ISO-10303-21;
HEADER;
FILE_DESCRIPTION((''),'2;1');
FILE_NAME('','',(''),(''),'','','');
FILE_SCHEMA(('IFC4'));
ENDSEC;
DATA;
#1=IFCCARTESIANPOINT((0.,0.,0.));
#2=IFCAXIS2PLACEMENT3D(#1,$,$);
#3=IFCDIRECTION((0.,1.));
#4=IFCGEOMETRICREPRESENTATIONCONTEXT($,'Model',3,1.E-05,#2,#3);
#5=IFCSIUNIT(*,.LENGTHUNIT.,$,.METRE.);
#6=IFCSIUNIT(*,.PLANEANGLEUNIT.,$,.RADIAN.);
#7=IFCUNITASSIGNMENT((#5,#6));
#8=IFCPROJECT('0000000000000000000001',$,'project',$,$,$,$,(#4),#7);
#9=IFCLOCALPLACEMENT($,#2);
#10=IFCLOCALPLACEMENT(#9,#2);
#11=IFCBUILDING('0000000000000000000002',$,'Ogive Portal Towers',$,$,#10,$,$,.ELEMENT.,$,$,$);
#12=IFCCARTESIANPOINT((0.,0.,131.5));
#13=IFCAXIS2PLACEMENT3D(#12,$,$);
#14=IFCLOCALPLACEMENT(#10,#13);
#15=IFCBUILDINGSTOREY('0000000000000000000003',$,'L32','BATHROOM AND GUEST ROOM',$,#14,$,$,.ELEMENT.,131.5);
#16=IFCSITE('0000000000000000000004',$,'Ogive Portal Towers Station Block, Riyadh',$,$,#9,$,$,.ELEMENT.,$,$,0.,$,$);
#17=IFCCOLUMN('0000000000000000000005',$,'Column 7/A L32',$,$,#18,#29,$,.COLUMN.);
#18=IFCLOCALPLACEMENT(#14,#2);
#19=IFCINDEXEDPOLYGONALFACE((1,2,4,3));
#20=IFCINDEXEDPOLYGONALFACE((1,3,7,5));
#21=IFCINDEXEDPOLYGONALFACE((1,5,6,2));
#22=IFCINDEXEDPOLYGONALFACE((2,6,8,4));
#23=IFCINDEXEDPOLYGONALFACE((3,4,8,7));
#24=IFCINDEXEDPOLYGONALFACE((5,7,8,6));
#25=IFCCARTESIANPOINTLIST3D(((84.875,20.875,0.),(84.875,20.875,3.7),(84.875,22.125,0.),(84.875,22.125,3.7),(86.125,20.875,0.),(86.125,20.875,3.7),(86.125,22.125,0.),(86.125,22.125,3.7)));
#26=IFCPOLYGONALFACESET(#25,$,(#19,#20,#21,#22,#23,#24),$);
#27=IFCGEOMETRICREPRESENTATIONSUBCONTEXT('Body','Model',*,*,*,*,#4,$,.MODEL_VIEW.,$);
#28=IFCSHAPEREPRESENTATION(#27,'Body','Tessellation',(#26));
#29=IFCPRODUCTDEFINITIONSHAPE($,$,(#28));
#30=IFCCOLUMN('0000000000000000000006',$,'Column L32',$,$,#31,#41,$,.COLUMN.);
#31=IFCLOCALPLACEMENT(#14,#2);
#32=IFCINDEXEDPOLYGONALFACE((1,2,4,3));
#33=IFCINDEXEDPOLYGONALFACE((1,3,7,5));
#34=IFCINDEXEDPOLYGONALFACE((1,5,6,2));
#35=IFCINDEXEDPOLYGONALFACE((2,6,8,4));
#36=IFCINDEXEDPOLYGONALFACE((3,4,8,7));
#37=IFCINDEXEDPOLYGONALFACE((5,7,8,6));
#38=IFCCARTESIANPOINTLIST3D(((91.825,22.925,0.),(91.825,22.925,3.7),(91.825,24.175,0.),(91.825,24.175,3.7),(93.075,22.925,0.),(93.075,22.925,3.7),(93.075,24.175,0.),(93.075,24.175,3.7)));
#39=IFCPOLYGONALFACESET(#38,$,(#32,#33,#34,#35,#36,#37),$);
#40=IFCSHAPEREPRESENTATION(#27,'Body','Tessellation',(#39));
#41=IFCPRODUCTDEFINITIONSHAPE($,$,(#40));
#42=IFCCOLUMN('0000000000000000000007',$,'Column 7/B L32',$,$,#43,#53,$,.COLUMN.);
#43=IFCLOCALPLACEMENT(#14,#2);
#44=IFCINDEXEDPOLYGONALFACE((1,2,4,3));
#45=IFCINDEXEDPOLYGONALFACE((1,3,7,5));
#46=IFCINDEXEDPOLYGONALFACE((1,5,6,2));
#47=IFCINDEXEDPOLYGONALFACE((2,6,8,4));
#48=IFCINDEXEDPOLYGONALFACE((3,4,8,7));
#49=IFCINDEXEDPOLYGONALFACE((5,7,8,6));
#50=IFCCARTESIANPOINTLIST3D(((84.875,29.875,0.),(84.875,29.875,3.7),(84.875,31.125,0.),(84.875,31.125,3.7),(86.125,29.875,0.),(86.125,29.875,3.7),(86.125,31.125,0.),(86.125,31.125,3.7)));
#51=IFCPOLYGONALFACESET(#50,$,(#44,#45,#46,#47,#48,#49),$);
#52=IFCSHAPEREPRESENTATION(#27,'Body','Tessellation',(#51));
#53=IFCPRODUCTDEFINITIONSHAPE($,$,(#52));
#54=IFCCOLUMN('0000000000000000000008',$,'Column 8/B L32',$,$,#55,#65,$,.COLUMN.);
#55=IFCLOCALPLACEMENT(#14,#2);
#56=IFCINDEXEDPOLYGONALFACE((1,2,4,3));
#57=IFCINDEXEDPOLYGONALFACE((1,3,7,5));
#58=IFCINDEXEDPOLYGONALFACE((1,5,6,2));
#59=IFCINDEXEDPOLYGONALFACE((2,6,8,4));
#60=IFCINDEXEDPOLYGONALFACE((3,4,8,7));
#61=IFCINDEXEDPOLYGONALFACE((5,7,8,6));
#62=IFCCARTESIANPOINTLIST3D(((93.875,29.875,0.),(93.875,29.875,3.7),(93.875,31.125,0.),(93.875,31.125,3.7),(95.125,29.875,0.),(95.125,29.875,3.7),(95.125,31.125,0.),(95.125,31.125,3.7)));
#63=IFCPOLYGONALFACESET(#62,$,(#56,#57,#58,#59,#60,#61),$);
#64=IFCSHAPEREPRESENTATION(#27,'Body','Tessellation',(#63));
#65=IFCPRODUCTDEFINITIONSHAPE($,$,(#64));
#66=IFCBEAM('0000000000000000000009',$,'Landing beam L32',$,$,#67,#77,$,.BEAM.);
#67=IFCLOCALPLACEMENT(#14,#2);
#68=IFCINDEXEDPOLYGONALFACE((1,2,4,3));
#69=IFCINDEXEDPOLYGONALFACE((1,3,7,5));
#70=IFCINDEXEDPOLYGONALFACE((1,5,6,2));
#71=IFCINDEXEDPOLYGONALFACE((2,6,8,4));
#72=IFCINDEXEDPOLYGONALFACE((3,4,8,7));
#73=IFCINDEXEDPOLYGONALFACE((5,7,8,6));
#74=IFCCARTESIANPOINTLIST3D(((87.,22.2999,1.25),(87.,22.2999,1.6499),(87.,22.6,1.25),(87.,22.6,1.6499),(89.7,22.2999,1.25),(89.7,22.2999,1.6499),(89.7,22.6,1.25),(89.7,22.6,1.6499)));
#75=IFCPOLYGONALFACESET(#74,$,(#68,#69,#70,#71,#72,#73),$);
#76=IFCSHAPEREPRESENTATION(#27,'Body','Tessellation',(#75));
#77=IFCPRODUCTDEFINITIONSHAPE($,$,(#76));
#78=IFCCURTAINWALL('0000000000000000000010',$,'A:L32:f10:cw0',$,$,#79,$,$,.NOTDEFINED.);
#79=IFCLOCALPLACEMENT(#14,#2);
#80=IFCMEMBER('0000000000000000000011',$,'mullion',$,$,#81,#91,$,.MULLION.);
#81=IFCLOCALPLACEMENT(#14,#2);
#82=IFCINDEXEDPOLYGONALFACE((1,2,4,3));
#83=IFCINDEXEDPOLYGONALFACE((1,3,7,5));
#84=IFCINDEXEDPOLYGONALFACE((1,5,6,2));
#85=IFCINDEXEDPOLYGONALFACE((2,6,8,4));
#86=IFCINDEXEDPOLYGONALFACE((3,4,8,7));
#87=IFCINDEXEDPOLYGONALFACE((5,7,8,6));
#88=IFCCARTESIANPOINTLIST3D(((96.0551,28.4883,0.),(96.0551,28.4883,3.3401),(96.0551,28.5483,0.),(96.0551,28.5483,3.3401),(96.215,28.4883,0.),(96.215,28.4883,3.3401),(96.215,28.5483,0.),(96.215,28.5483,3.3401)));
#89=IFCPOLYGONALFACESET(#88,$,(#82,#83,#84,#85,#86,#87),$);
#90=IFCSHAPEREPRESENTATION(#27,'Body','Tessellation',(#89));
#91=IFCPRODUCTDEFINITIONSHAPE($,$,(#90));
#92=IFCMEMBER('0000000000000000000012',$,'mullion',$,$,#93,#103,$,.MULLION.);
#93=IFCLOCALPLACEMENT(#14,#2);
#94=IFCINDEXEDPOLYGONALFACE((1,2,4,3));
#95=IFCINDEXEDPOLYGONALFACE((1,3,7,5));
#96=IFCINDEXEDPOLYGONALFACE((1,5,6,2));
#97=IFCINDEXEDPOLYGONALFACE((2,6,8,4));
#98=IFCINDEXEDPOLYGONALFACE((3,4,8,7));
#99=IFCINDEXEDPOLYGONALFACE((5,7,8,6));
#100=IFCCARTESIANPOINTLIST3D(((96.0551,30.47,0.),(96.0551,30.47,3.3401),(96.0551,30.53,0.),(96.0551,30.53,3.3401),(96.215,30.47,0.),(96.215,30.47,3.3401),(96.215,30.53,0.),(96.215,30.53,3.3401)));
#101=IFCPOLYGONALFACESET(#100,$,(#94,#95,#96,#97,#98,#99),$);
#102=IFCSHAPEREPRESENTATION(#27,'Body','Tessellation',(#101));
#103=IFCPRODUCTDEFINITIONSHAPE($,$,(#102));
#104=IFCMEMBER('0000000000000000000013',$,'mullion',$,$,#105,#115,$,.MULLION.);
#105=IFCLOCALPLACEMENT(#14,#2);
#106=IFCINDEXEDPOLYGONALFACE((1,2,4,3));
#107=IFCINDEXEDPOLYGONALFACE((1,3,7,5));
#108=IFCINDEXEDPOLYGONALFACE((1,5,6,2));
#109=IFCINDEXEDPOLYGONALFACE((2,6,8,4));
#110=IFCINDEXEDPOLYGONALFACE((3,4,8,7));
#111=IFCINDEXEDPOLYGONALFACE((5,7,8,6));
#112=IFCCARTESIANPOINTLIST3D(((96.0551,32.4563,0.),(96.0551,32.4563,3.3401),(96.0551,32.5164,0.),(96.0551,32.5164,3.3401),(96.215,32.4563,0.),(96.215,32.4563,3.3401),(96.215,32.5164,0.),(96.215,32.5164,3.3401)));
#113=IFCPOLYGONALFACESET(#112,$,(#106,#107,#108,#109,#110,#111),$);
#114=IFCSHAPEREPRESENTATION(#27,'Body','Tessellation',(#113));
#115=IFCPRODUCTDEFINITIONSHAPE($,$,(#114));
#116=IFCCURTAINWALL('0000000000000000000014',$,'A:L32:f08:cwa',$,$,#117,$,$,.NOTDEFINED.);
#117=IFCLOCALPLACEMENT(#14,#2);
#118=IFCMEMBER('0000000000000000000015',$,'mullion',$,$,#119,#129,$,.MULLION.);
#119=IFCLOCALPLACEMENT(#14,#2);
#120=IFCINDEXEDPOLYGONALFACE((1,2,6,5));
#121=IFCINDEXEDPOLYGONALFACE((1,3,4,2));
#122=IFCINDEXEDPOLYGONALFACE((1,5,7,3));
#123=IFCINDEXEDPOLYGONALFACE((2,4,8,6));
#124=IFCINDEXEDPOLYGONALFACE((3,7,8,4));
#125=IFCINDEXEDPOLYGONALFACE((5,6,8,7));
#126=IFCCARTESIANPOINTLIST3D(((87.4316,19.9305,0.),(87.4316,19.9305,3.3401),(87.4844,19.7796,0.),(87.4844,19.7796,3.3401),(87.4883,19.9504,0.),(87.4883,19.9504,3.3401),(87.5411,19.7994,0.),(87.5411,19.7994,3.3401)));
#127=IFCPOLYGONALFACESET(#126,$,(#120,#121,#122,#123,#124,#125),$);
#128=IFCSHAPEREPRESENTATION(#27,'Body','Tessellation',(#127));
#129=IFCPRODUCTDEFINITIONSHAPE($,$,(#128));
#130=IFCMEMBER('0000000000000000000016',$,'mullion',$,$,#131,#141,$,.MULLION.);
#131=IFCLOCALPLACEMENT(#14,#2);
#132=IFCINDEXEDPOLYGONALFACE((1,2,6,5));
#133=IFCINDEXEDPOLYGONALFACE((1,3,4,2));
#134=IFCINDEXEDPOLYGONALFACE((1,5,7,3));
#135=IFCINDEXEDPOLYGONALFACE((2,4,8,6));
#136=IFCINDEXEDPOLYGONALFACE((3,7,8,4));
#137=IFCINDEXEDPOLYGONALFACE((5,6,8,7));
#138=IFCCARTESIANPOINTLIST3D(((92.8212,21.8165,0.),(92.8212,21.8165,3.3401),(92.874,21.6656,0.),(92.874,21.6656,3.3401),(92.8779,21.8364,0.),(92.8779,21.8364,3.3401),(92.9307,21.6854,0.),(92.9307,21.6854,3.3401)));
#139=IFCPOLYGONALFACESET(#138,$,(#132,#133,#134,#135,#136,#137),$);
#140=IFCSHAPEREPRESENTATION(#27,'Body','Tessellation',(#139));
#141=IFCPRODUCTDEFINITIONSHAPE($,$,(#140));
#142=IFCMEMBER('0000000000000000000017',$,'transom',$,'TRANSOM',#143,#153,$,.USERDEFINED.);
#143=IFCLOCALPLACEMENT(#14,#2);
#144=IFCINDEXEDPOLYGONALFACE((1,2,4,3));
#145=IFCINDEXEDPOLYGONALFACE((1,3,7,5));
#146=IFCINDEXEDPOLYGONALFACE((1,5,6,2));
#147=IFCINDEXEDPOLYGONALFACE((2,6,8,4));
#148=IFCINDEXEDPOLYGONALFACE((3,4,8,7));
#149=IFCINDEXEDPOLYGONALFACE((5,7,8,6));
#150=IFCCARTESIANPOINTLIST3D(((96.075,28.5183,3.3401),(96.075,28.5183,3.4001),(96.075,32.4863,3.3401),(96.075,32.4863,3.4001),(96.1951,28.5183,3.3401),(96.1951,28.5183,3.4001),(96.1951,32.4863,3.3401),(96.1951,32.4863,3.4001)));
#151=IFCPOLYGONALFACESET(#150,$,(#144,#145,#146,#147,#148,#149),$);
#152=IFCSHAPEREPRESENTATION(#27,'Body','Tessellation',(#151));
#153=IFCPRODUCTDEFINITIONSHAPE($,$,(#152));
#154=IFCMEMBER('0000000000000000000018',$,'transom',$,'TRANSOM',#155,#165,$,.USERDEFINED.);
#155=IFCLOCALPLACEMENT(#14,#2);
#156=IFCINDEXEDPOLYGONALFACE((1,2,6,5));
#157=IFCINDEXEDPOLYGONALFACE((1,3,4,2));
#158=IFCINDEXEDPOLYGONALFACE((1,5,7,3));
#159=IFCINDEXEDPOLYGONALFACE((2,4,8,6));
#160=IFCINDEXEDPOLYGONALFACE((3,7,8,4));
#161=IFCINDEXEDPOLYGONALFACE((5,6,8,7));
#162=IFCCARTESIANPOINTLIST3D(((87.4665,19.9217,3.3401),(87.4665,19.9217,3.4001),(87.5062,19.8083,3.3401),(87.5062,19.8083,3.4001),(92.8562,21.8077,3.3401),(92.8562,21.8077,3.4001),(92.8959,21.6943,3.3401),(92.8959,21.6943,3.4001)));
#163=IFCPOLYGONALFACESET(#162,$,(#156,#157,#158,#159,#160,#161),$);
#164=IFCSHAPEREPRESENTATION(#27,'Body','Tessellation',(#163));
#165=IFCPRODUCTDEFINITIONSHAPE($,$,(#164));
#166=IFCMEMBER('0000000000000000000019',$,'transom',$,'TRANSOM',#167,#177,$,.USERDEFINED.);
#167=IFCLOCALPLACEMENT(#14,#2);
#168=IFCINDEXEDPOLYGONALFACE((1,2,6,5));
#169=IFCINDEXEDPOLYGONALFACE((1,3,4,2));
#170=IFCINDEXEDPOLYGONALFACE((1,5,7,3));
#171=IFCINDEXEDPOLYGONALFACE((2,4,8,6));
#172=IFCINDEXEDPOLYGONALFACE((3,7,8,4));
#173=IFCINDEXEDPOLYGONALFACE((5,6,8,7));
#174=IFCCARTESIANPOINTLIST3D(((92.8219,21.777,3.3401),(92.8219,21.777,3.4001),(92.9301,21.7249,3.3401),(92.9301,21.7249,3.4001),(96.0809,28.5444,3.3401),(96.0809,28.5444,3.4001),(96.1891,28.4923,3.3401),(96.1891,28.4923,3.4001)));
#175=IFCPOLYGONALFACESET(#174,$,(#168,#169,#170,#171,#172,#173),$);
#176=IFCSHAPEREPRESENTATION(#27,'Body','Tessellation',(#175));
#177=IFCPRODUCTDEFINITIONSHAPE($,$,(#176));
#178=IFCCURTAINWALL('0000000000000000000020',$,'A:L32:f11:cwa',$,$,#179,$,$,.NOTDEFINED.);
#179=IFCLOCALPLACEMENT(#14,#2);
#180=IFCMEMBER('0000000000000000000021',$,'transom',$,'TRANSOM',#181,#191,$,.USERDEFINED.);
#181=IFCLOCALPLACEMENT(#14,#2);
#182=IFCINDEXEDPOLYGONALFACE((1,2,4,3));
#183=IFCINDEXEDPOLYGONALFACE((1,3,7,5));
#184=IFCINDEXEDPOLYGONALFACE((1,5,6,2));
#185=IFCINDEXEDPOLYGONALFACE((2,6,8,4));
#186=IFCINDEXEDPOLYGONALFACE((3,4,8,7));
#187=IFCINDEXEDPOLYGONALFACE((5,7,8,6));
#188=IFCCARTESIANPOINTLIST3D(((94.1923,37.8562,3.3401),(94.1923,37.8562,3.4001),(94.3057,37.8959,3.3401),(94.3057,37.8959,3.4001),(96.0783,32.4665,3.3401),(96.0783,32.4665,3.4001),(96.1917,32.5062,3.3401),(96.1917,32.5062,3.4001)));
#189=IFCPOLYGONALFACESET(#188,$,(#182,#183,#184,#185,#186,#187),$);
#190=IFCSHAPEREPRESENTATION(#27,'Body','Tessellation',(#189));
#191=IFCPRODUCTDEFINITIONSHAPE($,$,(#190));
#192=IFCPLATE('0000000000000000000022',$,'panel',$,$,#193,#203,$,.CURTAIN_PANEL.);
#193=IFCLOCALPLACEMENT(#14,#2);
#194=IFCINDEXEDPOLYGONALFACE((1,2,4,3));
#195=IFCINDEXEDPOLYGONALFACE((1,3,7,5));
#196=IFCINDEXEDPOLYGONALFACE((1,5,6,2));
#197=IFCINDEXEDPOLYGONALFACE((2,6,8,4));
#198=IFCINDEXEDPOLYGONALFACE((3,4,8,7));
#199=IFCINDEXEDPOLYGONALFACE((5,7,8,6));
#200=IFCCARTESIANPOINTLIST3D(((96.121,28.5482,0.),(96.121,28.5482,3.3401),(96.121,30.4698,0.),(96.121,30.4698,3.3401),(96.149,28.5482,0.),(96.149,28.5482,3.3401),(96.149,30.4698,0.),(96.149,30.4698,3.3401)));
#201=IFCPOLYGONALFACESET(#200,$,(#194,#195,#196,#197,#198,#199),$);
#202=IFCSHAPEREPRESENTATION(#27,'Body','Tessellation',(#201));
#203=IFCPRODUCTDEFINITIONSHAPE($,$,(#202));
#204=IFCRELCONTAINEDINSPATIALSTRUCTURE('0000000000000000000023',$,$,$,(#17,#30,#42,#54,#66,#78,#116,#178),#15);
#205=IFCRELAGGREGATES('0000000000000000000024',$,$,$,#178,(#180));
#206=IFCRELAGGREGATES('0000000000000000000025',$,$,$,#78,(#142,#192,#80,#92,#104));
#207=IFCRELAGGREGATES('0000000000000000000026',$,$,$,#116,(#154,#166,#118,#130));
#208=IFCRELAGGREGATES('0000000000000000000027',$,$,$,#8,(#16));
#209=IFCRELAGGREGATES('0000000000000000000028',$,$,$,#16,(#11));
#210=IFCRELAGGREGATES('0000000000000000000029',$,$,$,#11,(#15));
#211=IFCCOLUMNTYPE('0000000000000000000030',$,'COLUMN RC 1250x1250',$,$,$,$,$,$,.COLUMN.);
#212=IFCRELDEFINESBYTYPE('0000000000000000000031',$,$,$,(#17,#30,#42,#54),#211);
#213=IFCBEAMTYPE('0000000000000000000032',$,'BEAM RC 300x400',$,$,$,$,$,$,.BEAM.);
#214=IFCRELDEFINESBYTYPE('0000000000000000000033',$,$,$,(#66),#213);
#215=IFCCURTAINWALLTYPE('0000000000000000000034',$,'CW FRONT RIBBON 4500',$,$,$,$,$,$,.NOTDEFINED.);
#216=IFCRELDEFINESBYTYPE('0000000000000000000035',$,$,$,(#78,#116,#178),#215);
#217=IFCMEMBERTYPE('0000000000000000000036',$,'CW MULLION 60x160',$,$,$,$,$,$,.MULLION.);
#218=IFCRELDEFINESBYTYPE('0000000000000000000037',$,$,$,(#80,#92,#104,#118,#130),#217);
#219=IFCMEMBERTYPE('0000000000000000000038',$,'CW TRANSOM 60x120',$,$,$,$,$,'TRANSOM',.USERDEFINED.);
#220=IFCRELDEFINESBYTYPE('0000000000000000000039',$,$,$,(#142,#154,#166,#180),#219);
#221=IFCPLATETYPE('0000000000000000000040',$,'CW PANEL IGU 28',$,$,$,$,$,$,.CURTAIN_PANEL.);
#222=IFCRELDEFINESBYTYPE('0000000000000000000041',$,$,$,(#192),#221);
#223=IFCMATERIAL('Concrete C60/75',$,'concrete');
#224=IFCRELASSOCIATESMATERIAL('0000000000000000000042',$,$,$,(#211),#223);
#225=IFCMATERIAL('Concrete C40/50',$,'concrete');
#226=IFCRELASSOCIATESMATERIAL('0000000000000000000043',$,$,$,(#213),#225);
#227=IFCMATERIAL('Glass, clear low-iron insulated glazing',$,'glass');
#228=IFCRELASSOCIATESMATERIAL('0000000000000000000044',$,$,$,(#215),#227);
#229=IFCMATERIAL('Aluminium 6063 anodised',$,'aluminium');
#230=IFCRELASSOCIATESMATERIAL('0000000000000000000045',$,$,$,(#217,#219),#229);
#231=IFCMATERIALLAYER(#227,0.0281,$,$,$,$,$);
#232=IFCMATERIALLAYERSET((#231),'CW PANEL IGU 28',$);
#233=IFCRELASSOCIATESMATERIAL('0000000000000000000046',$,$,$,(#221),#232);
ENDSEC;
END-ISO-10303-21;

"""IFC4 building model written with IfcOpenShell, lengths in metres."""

from ifc_helpers import new_model, si_unit, direction, frame, origin, origin_2d, place, context, subcontext, project, spatial, rectangle, extrude, material, layer, layer_set, material_profile, profile_set, type_object, element, aggregate, save


model = new_model("IFC4")

# Units and contexts
model_context = context("Model", 3, precision=1e-05, world=origin(), true_north=direction((0.0, 1.0)))
body_context = subcontext(model_context, "Body", "Model", "MODEL_VIEW")
ifc_project = project(units=[si_unit("LENGTHUNIT", "METRE"), si_unit("PLANEANGLEUNIT", "RADIAN")], contexts=[model_context])

# Site, building, storey
site_placement = place(None, origin())
site = spatial("IfcSite", under=ifc_project, at=site_placement, Name="Ogive Portal Towers Station Block, Riyadh", CompositionType="ELEMENT", RefElevation=0.0)
building_placement = place(site_placement, origin())
building = spatial("IfcBuilding", under=site, at=building_placement, Name="Ogive Portal Towers", CompositionType="ELEMENT")
storey_placement = place(building_placement, frame((0.0, 0.0, 131.5)))
storey = spatial("IfcBuildingStorey", under=building, at=storey_placement, Name="L32", Description="BATHROOM AND GUEST ROOM", CompositionType="ELEMENT", Elevation=131.5)

# Columns
ifc_material_1 = material(Name="Concrete C60/75", Category="concrete")
ifc_material_profile_1 = material_profile(ifc_material_1, rectangle(XDim=1.25, YDim=1.25, at=origin_2d()), Name="RC 1250x1250")
ifc_profile_set_1 = profile_set([ifc_material_profile_1], Name="Concrete C60/75")
column_type = type_object("IfcColumnType", Name="COLUMN RC 1250x1250", PredefinedType="COLUMN", material=ifc_profile_set_1)
for number, where, z_axis, x_axis, name in (
    (1, (85.5, 21.5, 0.0), (0.0, 0.0, 1.0), (1.0, 0.0, 0.0), "Column 7/A L32"),
    (2, (92.45, 23.55, 0.0), (0.0, 0.0, 1.0), (1.0, 0.0, 0.0), "Column L32"),
    (3, (85.5, 30.5, 0.0), (0.0, 0.0, 1.0), (1.0, 0.0, 0.0), "Column 7/B L32"),
    (4, (94.5, 30.5, 0.0), (0.0, 0.0, 1.0), (1.0, 0.0, 0.0), "Column 8/B L32"),
):
    element("IfcColumn", number, at=place(storey_placement, frame(where, z_axis=z_axis, x_axis=x_axis)), inside=storey, type_object=column_type, Name=name, PredefinedType="COLUMN", context=body_context, shape_type="SweptSolid", body=[
        extrude(rectangle(XDim=1.25, YDim=1.25, at=origin_2d()), origin(), (0.0, 0.0, 1.0), 3.7),
    ])

# Beam
ifc_material_2 = material(Name="Concrete C40/50", Category="concrete")
ifc_material_profile_2 = material_profile(ifc_material_2, rectangle(XDim=0.3, YDim=0.3999, at=origin_2d()), Name="RC 300x400")
ifc_profile_set_2 = profile_set([ifc_material_profile_2], Name="Concrete C40/50")
beam_type = type_object("IfcBeamType", Name="BEAM RC 300x400", PredefinedType="BEAM", material=ifc_profile_set_2)
beam_placement = place(storey_placement, frame((87.0, 22.45, 1.45), z_axis=(1.0, 0.0, 0.0), x_axis=(0.0, 1.0, 0.0)))
element("IfcBeam", 5, at=beam_placement, inside=storey, type_object=beam_type, Name="Landing beam L32", PredefinedType="BEAM", context=body_context, shape_type="SweptSolid", body=[
    extrude(rectangle(XDim=0.3, YDim=0.3999, at=origin_2d()), origin(), (0.0, 0.0, 1.0), 2.7),
])

# Curtain walls, members
ifc_material_3 = material(Name="Glass, clear low-iron insulated glazing", Category="glass")
curtain_wall_type = type_object("IfcCurtainWallType", Name="CW FRONT RIBBON 4500", PredefinedType="NOTDEFINED", material=ifc_material_3)
curtain_wall_1_placement = place(storey_placement, origin())
curtain_wall_1 = element("IfcCurtainWall", 6, at=curtain_wall_1_placement, inside=storey, type_object=curtain_wall_type, Name="A:L32:f10:cw0", PredefinedType="NOTDEFINED")
ifc_material_4 = material(Name="Aluminium 6063 anodised", Category="aluminium")
ifc_material_profile_3 = material_profile(ifc_material_4, rectangle(XDim=0.1599, YDim=0.0601, at=origin_2d()), Name="AL 60x160")
ifc_profile_set_3 = profile_set([ifc_material_profile_3], Name="Aluminium 6063 anodised")
member_type_1 = type_object("IfcMemberType", Name="CW MULLION 60x160", PredefinedType="MULLION", material=ifc_profile_set_3)
member_1_placement = place(storey_placement, frame((96.135, 28.5183, 0.0), z_axis=(0.0, 0.0, 1.0), x_axis=(-1.0, 0.0, 0.0)))
member_1 = element("IfcMember", 7, at=member_1_placement, type_object=member_type_1, Name="mullion", PredefinedType="MULLION", context=body_context, shape_type="SweptSolid", body=[
    extrude(rectangle(XDim=0.1599, YDim=0.0601, at=origin_2d()), origin(), (0.0, 0.0, 1.0), 3.3401),
])
member_2_placement = place(storey_placement, frame((96.135, 30.5, 0.0), z_axis=(0.0, 0.0, 1.0), x_axis=(-1.0, 0.0, 0.0)))
member_2 = element("IfcMember", 8, at=member_2_placement, type_object=member_type_1, Name="mullion", PredefinedType="MULLION", context=body_context, shape_type="SweptSolid", body=[
    extrude(rectangle(XDim=0.1599, YDim=0.0601, at=origin_2d()), origin(), (0.0, 0.0, 1.0), 3.3401),
])
member_3_placement = place(storey_placement, frame((96.135, 32.4863, 0.0), z_axis=(0.0, 0.0, 1.0), x_axis=(-1.0, 0.0, 0.0)))
member_3 = element("IfcMember", 9, at=member_3_placement, type_object=member_type_1, Name="mullion", PredefinedType="MULLION", context=body_context, shape_type="SweptSolid", body=[
    extrude(rectangle(XDim=0.1599, YDim=0.0601, at=origin_2d()), origin(), (0.0, 0.0, 1.0), 3.3401),
])
curtain_wall_2_placement = place(storey_placement, origin())
curtain_wall_2 = element("IfcCurtainWall", 10, at=curtain_wall_2_placement, inside=storey, type_object=curtain_wall_type, Name="A:L32:f08:cwa", PredefinedType="NOTDEFINED")
member_4_placement = place(storey_placement, frame((87.4863, 19.865, 0.0), z_axis=(0.0, 0.0, 1.0), x_axis=(-0.330279, 0.943883, 0.0)))
member_4 = element("IfcMember", 11, at=member_4_placement, type_object=member_type_1, Name="mullion", PredefinedType="MULLION", context=body_context, shape_type="SweptSolid", body=[
    extrude(rectangle(XDim=0.1599, YDim=0.0601, at=origin_2d()), origin(), (0.0, 0.0, 1.0), 3.3401),
])
member_5_placement = place(storey_placement, frame((92.876, 21.751, 0.0), z_axis=(0.0, 0.0, 1.0), x_axis=(-0.330279, 0.943883, 0.0)))
member_5 = element("IfcMember", 12, at=member_5_placement, type_object=member_type_1, Name="mullion", PredefinedType="MULLION", context=body_context, shape_type="SweptSolid", body=[
    extrude(rectangle(XDim=0.1599, YDim=0.0601, at=origin_2d()), origin(), (0.0, 0.0, 1.0), 3.3401),
])

# Members
ifc_material_profile_4 = material_profile(ifc_material_4, rectangle(XDim=0.1201, YDim=0.0601, at=origin_2d()), Name="AL 120x60")
ifc_profile_set_4 = profile_set([ifc_material_profile_4], Name="Aluminium 6063 anodised")
member_type_2 = type_object("IfcMemberType", Name="CW TRANSOM 60x120", ElementType="TRANSOM", PredefinedType="USERDEFINED", material=ifc_profile_set_4)
member_6_placement = place(storey_placement, frame((96.135, 28.5183, 3.3701), z_axis=(0.0, 1.0, 0.0), x_axis=(-1.0, 0.0, 0.0)))
member_6 = element("IfcMember", 13, at=member_6_placement, type_object=member_type_2, Name="transom", ObjectType="TRANSOM", PredefinedType="USERDEFINED", context=body_context, shape_type="SweptSolid", body=[
    extrude(rectangle(XDim=0.1201, YDim=0.0601, at=origin_2d()), origin(), (0.0, 0.0, 1.0), 3.968),
])
member_7_placement = place(storey_placement, frame((87.4863, 19.865, 3.3701), z_axis=(0.94388, 0.330289, 0.0), x_axis=(-0.330289, 0.94388, 0.0)))
member_7 = element("IfcMember", 14, at=member_7_placement, type_object=member_type_2, Name="transom", ObjectType="TRANSOM", PredefinedType="USERDEFINED", context=body_context, shape_type="SweptSolid", body=[
    extrude(rectangle(XDim=0.1201, YDim=0.0601, at=origin_2d()), origin(), (0.0, 0.0, 1.0), 5.7102),
])
member_8_placement = place(storey_placement, frame((92.876, 21.751, 3.3701), z_axis=(0.43389, 0.900966, 0.0), x_axis=(-0.900966, 0.43389, 0.0)))
member_8 = element("IfcMember", 15, at=member_8_placement, type_object=member_type_2, Name="transom", ObjectType="TRANSOM", PredefinedType="USERDEFINED", context=body_context, shape_type="SweptSolid", body=[
    extrude(rectangle(XDim=0.1201, YDim=0.0601, at=origin_2d()), origin(), (0.0, 0.0, 1.0), 7.5112),
])

# Curtain wall, member
curtain_wall_3_placement = place(storey_placement, origin())
curtain_wall_3 = element("IfcCurtainWall", 16, at=curtain_wall_3_placement, inside=storey, type_object=curtain_wall_type, Name="A:L32:f11:cwa", PredefinedType="NOTDEFINED")
member_9_placement = place(storey_placement, frame((96.135, 32.4863, 3.3701), z_axis=(-0.330289, 0.94388, 0.0), x_axis=(-0.94388, -0.330289, 0.0)))
member_9 = element("IfcMember", 17, at=member_9_placement, type_object=member_type_2, Name="transom", ObjectType="TRANSOM", PredefinedType="USERDEFINED", context=body_context, shape_type="SweptSolid", body=[
    extrude(rectangle(XDim=0.1201, YDim=0.0601, at=origin_2d()), origin(), (0.0, 0.0, 1.0), 5.7102),
])
aggregate(curtain_wall_3, [member_9])

# Plate
ifc_layer_1 = layer(ifc_material_3, 0.0281)
ifc_layer_set_1 = layer_set([ifc_layer_1], Name="CW PANEL IGU 28")
plate_type = type_object("IfcPlateType", Name="CW PANEL IGU 28", PredefinedType="CURTAIN_PANEL", material=ifc_layer_set_1)
plate_1_placement = place(storey_placement, frame((96.135, 29.509, 0.0), z_axis=(0.0, 0.0, 1.0), x_axis=(0.0, 1.0, 0.0)))
plate_1 = element("IfcPlate", 18, at=plate_1_placement, type_object=plate_type, Name="panel", PredefinedType="CURTAIN_PANEL", context=body_context, shape_type="SweptSolid", body=[
    extrude(rectangle(XDim=1.9216, YDim=0.0281, at=origin_2d()), origin(), (0.0, 0.0, 1.0), 3.3401),
])
aggregate(curtain_wall_1, [member_6, plate_1, member_1, member_2, member_3])
aggregate(curtain_wall_2, [member_7, member_8, member_4, member_5])

save(model, "model.ifc")
